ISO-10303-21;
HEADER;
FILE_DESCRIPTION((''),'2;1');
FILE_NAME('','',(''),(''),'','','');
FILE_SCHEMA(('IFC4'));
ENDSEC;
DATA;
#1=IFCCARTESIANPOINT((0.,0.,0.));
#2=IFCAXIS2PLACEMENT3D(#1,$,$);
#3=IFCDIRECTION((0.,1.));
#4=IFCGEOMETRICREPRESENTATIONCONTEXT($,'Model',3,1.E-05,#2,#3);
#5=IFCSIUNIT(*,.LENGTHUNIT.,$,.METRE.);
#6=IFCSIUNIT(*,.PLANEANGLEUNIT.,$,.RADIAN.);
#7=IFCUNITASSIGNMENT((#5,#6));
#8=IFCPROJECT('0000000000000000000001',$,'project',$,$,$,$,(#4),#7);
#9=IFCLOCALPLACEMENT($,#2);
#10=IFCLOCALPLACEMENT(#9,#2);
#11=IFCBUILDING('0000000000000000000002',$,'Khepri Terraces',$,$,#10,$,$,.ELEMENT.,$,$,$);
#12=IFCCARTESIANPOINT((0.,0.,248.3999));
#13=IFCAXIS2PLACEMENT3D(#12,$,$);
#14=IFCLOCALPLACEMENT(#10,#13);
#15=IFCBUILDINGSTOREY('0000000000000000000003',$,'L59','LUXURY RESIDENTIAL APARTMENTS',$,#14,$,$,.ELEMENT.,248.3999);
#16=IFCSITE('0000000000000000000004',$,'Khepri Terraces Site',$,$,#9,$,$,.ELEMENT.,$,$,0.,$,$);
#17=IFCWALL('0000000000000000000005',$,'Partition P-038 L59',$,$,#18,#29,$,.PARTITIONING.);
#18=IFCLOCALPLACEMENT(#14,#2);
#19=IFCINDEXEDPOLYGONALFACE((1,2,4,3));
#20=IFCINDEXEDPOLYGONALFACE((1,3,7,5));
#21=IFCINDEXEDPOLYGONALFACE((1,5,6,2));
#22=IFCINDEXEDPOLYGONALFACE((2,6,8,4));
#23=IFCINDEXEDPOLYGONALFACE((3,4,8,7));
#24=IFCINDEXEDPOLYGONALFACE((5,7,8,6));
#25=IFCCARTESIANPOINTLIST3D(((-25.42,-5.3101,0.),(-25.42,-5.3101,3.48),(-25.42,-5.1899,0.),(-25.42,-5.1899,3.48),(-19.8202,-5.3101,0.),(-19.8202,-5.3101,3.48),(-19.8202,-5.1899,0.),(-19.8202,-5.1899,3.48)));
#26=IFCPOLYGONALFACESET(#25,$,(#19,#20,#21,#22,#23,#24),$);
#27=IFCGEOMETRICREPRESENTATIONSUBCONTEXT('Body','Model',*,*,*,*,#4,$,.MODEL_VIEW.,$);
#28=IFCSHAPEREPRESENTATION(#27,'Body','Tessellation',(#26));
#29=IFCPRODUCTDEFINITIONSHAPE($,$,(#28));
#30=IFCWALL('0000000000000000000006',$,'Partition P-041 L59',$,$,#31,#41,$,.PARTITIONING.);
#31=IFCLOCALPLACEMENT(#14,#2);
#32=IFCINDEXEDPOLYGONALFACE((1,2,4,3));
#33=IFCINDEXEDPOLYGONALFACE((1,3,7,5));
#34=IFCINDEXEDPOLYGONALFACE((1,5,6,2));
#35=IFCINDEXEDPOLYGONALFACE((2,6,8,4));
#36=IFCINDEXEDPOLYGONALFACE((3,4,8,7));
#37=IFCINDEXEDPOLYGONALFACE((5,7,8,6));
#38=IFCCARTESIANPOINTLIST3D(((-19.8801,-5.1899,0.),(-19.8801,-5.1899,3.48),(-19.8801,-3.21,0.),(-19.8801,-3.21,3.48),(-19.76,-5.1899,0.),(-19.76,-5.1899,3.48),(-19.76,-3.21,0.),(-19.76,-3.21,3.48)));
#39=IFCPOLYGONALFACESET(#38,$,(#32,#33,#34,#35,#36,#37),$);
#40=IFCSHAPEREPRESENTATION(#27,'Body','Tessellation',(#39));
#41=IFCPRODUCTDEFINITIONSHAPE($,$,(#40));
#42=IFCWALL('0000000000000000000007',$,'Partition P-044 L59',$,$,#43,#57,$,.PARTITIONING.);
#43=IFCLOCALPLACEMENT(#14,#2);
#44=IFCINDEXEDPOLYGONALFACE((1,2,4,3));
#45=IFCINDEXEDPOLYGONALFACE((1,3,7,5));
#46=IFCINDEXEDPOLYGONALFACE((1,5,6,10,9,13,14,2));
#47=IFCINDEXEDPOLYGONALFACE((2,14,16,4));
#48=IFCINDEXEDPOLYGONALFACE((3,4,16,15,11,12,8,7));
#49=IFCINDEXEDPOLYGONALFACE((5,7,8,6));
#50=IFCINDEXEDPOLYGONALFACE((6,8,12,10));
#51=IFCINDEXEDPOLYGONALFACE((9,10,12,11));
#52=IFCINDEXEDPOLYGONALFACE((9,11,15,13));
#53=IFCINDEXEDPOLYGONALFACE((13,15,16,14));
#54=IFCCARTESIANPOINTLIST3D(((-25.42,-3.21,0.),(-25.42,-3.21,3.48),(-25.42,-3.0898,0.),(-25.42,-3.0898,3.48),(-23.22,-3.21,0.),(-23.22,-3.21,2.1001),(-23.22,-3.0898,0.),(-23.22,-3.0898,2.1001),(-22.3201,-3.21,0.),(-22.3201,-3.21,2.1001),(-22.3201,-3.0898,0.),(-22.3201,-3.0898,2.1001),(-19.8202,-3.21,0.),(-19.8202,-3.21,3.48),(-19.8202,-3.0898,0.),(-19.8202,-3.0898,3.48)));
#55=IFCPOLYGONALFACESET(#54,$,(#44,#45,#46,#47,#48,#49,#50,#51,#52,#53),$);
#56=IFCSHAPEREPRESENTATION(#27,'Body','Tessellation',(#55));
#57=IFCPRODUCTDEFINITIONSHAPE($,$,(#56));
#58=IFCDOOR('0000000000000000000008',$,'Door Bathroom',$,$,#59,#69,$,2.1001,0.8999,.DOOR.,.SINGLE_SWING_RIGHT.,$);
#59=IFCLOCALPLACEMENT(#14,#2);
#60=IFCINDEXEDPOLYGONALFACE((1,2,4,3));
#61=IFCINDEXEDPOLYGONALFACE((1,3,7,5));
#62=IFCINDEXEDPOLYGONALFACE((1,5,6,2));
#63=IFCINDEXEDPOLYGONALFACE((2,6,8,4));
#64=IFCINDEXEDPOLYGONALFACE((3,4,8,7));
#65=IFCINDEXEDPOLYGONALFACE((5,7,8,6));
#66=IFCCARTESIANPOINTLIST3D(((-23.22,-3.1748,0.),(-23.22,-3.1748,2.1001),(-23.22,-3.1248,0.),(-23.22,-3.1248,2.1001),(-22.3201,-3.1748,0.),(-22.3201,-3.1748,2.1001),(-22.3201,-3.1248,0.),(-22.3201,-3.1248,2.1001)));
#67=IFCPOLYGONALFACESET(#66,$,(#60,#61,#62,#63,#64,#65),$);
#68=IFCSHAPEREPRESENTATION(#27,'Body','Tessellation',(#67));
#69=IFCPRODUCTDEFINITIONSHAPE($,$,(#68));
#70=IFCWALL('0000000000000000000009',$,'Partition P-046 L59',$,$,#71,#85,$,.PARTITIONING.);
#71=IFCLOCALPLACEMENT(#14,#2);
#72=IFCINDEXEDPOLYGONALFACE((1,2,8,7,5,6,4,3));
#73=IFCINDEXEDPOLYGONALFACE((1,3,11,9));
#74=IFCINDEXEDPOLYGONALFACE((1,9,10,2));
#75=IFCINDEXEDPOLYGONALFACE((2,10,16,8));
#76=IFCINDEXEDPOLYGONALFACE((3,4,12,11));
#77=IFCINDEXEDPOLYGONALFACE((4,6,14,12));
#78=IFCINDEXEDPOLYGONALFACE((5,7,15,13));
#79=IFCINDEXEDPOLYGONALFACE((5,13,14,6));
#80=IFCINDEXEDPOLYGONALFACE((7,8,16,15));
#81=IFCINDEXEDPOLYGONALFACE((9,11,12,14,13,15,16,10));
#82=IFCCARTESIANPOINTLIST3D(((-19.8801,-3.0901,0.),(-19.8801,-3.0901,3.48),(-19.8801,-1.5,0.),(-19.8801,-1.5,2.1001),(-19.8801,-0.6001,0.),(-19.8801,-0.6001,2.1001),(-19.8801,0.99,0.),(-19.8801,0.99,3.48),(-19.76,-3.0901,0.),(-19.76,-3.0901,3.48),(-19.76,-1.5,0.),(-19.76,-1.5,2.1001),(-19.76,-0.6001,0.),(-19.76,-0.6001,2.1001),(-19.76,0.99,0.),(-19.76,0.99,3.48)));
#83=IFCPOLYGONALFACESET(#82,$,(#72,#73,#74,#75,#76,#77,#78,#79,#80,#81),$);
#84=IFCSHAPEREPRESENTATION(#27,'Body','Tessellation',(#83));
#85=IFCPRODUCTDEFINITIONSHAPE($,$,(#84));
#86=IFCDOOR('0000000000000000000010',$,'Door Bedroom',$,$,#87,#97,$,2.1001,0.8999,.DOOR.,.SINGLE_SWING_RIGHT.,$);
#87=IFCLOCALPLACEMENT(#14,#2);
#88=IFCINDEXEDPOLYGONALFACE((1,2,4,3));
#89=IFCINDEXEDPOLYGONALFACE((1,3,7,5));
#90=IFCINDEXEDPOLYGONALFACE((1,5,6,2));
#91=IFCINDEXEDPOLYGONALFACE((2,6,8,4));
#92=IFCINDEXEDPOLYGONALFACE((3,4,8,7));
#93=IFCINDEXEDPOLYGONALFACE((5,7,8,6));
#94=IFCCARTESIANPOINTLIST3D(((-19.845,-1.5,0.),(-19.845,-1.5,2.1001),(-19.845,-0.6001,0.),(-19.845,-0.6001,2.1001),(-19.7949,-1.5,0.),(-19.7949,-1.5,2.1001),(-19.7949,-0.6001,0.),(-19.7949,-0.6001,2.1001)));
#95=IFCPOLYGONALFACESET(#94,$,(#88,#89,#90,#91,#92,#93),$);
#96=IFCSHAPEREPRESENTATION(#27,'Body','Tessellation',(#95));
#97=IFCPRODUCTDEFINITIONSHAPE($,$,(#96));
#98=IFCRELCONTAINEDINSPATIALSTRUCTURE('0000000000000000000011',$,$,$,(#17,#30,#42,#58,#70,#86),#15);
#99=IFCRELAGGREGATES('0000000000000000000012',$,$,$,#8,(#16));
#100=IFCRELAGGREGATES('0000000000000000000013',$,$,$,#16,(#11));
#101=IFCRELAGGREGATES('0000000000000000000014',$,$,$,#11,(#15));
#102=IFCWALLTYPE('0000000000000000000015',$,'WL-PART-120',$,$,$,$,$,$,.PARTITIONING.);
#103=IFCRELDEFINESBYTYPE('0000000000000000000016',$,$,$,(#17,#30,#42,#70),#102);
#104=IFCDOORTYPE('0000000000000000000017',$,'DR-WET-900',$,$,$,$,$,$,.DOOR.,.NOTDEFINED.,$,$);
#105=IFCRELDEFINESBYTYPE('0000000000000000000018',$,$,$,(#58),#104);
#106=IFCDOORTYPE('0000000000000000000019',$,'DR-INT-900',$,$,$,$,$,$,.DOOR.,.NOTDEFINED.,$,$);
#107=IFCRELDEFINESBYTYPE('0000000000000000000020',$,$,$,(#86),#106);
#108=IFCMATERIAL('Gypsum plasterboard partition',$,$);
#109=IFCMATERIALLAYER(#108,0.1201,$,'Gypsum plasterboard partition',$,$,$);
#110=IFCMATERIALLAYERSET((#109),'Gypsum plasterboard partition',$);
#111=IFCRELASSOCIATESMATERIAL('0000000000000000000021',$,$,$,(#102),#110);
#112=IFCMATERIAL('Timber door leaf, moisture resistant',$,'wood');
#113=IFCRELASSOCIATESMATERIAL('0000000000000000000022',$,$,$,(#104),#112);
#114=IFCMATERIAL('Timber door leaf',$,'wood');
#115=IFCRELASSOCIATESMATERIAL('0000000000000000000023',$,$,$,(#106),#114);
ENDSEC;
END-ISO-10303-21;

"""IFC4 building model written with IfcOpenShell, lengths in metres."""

from ifc_helpers import new_model, si_unit, direction, frame, frame_2d, origin, place, context, subcontext, project, spatial, rectangle, extrude, material, layer, layer_set, type_object, element, fill, save


model = new_model("IFC4")

# Units and contexts
model_context = context("Model", 3, precision=1e-05, world=origin(), true_north=direction((0.0, 1.0)))
body_context = subcontext(model_context, "Body", "Model", "MODEL_VIEW")
ifc_project = project(units=[si_unit("LENGTHUNIT", "METRE"), si_unit("PLANEANGLEUNIT", "RADIAN")], contexts=[model_context])

# Site, building, storey
site_placement = place(None, origin())
site = spatial("IfcSite", under=ifc_project, at=site_placement, Name="Khepri Terraces Site", CompositionType="ELEMENT", RefElevation=0.0)
building_placement = place(site_placement, origin())
building = spatial("IfcBuilding", under=site, at=building_placement, Name="Khepri Terraces", CompositionType="ELEMENT")
storey_placement = place(building_placement, frame((0.0, 0.0, 248.3999)))
storey = spatial("IfcBuildingStorey", under=building, at=storey_placement, Name="L59", Description="LUXURY RESIDENTIAL APARTMENTS", CompositionType="ELEMENT", Elevation=248.3999)

# Walls
ifc_material_1 = material(Name="Gypsum plasterboard partition")
ifc_layer_1 = layer(ifc_material_1, 0.1201, Name="Gypsum plasterboard partition")
ifc_layer_set_1 = layer_set([ifc_layer_1], Name="Gypsum plasterboard partition")
wall_type_1 = type_object("IfcWallType", Name="WL-PART-120", PredefinedType="PARTITIONING", material=ifc_layer_set_1)
wall_1_placement = place(storey_placement, frame((-25.4199, -5.25, 0.0), z_axis=(0.0, 0.0, 1.0), x_axis=(1.0, 0.0, 0.0)))
element("IfcWall", 1, at=wall_1_placement, inside=storey, type_object=wall_type_1, Name="Partition P-038 L59", PredefinedType="PARTITIONING", context=body_context, shape_type="SweptSolid", body=[
    extrude(rectangle(XDim=5.5999, YDim=0.1201, at=frame_2d((2.7998, 0.0))), origin(), (0.0, 0.0, 1.0), 3.48),
])
wall_2_placement = place(storey_placement, frame((-19.8201, -5.1899, 0.0), z_axis=(0.0, 0.0, 1.0), x_axis=(0.0, 1.0, 0.0)))
element("IfcWall", 2, at=wall_2_placement, inside=storey, type_object=wall_type_1, Name="Partition P-041 L59", PredefinedType="PARTITIONING", context=body_context, shape_type="SweptSolid", body=[
    extrude(rectangle(XDim=1.98, YDim=0.1201, at=frame_2d((0.99, 0.0))), origin(), (0.0, 0.0, 1.0), 3.48),
])

# Walls, openings, doors
wall_3_placement = place(storey_placement, frame((-25.4199, -3.1499, 0.0), z_axis=(0.0, 0.0, 1.0), x_axis=(1.0, 0.0, 0.0)))
wall_3 = element("IfcWall", 3, at=wall_3_placement, inside=storey, type_object=wall_type_1, Name="Partition P-044 L59", PredefinedType="PARTITIONING", context=body_context, shape_type="SweptSolid", body=[
    extrude(rectangle(XDim=5.5999, YDim=0.1201, at=frame_2d((2.7998, 0.0))), origin(), (0.0, 0.0, 1.0), 3.48),
])
opening_1_placement = place(wall_3_placement, frame((2.2, 0.0, 0.0)))
opening_1 = element("IfcOpeningElement", 4, at=opening_1_placement, cuts=wall_3, PredefinedType="OPENING", context=body_context, shape_type="SweptSolid", body=[
    extrude(rectangle(XDim=0.8999, YDim=2.1001, at=frame_2d((0.45, 1.05))), frame((0.0, 0.0701, 0.0), z_axis=(0.0, -1.0, 0.0), x_axis=(1.0, 0.0, 0.0)), (0.0, 0.0, 1.0), 0.1401),
])
ifc_material_2 = material(Name="Timber door leaf, moisture resistant", Category="wood")
door_type_1 = type_object("IfcDoorType", Name="DR-WET-900", OperationType="NOTDEFINED", PredefinedType="DOOR", material=ifc_material_2)
door_1_placement = place(opening_1_placement, frame((0.8999, 0.0, 0.0), z_axis=(0.0, 0.0, 1.0), x_axis=(-1.0, 0.0, 0.0)))
door_1 = element("IfcDoor", 5, at=door_1_placement, inside=storey, type_object=door_type_1, Name="Door Bathroom", OperationType="SINGLE_SWING_RIGHT", OverallHeight=2.1001, OverallWidth=0.8999, PredefinedType="DOOR", context=body_context, shape_type="SweptSolid", body=[
    extrude(rectangle(XDim=0.8999, YDim=2.1001, at=frame_2d((0.45, 1.05))), frame((0.0, 0.0249, 0.0), z_axis=(0.0, -1.0, 0.0), x_axis=(1.0, 0.0, 0.0)), (0.0, 0.0, 1.0), 0.05),
])
fill(opening_1, door_1)
wall_4_placement = place(storey_placement, frame((-19.8201, -3.0901, 0.0), z_axis=(0.0, 0.0, 1.0), x_axis=(0.0, 1.0, 0.0)))
wall_4 = element("IfcWall", 6, at=wall_4_placement, inside=storey, type_object=wall_type_1, Name="Partition P-046 L59", PredefinedType="PARTITIONING", context=body_context, shape_type="SweptSolid", body=[
    extrude(rectangle(XDim=4.0801, YDim=0.1201, at=frame_2d((2.04, 0.0))), origin(), (0.0, 0.0, 1.0), 3.48),
])
opening_2_placement = place(wall_4_placement, frame((1.5901, 0.0, 0.0)))
opening_2 = element("IfcOpeningElement", 7, at=opening_2_placement, cuts=wall_4, PredefinedType="OPENING", context=body_context, shape_type="SweptSolid", body=[
    extrude(rectangle(XDim=0.8999, YDim=2.1001, at=frame_2d((0.45, 1.05))), frame((0.0, 0.0701, 0.0), z_axis=(0.0, -1.0, 0.0), x_axis=(1.0, 0.0, 0.0)), (0.0, 0.0, 1.0), 0.1401),
])
ifc_material_3 = material(Name="Timber door leaf", Category="wood")
door_type_2 = type_object("IfcDoorType", Name="DR-INT-900", OperationType="NOTDEFINED", PredefinedType="DOOR", material=ifc_material_3)
door_2_placement = place(opening_2_placement, origin())
door_2 = element("IfcDoor", 8, at=door_2_placement, inside=storey, type_object=door_type_2, Name="Door Bedroom", OperationType="SINGLE_SWING_RIGHT", OverallHeight=2.1001, OverallWidth=0.8999, PredefinedType="DOOR", context=body_context, shape_type="SweptSolid", body=[
    extrude(rectangle(XDim=0.8999, YDim=2.1001, at=frame_2d((0.45, 1.05))), frame((0.0, 0.0249, 0.0), z_axis=(0.0, -1.0, 0.0), x_axis=(1.0, 0.0, 0.0)), (0.0, 0.0, 1.0), 0.05),
])
fill(opening_2, door_2)

save(model, "model.ifc")
